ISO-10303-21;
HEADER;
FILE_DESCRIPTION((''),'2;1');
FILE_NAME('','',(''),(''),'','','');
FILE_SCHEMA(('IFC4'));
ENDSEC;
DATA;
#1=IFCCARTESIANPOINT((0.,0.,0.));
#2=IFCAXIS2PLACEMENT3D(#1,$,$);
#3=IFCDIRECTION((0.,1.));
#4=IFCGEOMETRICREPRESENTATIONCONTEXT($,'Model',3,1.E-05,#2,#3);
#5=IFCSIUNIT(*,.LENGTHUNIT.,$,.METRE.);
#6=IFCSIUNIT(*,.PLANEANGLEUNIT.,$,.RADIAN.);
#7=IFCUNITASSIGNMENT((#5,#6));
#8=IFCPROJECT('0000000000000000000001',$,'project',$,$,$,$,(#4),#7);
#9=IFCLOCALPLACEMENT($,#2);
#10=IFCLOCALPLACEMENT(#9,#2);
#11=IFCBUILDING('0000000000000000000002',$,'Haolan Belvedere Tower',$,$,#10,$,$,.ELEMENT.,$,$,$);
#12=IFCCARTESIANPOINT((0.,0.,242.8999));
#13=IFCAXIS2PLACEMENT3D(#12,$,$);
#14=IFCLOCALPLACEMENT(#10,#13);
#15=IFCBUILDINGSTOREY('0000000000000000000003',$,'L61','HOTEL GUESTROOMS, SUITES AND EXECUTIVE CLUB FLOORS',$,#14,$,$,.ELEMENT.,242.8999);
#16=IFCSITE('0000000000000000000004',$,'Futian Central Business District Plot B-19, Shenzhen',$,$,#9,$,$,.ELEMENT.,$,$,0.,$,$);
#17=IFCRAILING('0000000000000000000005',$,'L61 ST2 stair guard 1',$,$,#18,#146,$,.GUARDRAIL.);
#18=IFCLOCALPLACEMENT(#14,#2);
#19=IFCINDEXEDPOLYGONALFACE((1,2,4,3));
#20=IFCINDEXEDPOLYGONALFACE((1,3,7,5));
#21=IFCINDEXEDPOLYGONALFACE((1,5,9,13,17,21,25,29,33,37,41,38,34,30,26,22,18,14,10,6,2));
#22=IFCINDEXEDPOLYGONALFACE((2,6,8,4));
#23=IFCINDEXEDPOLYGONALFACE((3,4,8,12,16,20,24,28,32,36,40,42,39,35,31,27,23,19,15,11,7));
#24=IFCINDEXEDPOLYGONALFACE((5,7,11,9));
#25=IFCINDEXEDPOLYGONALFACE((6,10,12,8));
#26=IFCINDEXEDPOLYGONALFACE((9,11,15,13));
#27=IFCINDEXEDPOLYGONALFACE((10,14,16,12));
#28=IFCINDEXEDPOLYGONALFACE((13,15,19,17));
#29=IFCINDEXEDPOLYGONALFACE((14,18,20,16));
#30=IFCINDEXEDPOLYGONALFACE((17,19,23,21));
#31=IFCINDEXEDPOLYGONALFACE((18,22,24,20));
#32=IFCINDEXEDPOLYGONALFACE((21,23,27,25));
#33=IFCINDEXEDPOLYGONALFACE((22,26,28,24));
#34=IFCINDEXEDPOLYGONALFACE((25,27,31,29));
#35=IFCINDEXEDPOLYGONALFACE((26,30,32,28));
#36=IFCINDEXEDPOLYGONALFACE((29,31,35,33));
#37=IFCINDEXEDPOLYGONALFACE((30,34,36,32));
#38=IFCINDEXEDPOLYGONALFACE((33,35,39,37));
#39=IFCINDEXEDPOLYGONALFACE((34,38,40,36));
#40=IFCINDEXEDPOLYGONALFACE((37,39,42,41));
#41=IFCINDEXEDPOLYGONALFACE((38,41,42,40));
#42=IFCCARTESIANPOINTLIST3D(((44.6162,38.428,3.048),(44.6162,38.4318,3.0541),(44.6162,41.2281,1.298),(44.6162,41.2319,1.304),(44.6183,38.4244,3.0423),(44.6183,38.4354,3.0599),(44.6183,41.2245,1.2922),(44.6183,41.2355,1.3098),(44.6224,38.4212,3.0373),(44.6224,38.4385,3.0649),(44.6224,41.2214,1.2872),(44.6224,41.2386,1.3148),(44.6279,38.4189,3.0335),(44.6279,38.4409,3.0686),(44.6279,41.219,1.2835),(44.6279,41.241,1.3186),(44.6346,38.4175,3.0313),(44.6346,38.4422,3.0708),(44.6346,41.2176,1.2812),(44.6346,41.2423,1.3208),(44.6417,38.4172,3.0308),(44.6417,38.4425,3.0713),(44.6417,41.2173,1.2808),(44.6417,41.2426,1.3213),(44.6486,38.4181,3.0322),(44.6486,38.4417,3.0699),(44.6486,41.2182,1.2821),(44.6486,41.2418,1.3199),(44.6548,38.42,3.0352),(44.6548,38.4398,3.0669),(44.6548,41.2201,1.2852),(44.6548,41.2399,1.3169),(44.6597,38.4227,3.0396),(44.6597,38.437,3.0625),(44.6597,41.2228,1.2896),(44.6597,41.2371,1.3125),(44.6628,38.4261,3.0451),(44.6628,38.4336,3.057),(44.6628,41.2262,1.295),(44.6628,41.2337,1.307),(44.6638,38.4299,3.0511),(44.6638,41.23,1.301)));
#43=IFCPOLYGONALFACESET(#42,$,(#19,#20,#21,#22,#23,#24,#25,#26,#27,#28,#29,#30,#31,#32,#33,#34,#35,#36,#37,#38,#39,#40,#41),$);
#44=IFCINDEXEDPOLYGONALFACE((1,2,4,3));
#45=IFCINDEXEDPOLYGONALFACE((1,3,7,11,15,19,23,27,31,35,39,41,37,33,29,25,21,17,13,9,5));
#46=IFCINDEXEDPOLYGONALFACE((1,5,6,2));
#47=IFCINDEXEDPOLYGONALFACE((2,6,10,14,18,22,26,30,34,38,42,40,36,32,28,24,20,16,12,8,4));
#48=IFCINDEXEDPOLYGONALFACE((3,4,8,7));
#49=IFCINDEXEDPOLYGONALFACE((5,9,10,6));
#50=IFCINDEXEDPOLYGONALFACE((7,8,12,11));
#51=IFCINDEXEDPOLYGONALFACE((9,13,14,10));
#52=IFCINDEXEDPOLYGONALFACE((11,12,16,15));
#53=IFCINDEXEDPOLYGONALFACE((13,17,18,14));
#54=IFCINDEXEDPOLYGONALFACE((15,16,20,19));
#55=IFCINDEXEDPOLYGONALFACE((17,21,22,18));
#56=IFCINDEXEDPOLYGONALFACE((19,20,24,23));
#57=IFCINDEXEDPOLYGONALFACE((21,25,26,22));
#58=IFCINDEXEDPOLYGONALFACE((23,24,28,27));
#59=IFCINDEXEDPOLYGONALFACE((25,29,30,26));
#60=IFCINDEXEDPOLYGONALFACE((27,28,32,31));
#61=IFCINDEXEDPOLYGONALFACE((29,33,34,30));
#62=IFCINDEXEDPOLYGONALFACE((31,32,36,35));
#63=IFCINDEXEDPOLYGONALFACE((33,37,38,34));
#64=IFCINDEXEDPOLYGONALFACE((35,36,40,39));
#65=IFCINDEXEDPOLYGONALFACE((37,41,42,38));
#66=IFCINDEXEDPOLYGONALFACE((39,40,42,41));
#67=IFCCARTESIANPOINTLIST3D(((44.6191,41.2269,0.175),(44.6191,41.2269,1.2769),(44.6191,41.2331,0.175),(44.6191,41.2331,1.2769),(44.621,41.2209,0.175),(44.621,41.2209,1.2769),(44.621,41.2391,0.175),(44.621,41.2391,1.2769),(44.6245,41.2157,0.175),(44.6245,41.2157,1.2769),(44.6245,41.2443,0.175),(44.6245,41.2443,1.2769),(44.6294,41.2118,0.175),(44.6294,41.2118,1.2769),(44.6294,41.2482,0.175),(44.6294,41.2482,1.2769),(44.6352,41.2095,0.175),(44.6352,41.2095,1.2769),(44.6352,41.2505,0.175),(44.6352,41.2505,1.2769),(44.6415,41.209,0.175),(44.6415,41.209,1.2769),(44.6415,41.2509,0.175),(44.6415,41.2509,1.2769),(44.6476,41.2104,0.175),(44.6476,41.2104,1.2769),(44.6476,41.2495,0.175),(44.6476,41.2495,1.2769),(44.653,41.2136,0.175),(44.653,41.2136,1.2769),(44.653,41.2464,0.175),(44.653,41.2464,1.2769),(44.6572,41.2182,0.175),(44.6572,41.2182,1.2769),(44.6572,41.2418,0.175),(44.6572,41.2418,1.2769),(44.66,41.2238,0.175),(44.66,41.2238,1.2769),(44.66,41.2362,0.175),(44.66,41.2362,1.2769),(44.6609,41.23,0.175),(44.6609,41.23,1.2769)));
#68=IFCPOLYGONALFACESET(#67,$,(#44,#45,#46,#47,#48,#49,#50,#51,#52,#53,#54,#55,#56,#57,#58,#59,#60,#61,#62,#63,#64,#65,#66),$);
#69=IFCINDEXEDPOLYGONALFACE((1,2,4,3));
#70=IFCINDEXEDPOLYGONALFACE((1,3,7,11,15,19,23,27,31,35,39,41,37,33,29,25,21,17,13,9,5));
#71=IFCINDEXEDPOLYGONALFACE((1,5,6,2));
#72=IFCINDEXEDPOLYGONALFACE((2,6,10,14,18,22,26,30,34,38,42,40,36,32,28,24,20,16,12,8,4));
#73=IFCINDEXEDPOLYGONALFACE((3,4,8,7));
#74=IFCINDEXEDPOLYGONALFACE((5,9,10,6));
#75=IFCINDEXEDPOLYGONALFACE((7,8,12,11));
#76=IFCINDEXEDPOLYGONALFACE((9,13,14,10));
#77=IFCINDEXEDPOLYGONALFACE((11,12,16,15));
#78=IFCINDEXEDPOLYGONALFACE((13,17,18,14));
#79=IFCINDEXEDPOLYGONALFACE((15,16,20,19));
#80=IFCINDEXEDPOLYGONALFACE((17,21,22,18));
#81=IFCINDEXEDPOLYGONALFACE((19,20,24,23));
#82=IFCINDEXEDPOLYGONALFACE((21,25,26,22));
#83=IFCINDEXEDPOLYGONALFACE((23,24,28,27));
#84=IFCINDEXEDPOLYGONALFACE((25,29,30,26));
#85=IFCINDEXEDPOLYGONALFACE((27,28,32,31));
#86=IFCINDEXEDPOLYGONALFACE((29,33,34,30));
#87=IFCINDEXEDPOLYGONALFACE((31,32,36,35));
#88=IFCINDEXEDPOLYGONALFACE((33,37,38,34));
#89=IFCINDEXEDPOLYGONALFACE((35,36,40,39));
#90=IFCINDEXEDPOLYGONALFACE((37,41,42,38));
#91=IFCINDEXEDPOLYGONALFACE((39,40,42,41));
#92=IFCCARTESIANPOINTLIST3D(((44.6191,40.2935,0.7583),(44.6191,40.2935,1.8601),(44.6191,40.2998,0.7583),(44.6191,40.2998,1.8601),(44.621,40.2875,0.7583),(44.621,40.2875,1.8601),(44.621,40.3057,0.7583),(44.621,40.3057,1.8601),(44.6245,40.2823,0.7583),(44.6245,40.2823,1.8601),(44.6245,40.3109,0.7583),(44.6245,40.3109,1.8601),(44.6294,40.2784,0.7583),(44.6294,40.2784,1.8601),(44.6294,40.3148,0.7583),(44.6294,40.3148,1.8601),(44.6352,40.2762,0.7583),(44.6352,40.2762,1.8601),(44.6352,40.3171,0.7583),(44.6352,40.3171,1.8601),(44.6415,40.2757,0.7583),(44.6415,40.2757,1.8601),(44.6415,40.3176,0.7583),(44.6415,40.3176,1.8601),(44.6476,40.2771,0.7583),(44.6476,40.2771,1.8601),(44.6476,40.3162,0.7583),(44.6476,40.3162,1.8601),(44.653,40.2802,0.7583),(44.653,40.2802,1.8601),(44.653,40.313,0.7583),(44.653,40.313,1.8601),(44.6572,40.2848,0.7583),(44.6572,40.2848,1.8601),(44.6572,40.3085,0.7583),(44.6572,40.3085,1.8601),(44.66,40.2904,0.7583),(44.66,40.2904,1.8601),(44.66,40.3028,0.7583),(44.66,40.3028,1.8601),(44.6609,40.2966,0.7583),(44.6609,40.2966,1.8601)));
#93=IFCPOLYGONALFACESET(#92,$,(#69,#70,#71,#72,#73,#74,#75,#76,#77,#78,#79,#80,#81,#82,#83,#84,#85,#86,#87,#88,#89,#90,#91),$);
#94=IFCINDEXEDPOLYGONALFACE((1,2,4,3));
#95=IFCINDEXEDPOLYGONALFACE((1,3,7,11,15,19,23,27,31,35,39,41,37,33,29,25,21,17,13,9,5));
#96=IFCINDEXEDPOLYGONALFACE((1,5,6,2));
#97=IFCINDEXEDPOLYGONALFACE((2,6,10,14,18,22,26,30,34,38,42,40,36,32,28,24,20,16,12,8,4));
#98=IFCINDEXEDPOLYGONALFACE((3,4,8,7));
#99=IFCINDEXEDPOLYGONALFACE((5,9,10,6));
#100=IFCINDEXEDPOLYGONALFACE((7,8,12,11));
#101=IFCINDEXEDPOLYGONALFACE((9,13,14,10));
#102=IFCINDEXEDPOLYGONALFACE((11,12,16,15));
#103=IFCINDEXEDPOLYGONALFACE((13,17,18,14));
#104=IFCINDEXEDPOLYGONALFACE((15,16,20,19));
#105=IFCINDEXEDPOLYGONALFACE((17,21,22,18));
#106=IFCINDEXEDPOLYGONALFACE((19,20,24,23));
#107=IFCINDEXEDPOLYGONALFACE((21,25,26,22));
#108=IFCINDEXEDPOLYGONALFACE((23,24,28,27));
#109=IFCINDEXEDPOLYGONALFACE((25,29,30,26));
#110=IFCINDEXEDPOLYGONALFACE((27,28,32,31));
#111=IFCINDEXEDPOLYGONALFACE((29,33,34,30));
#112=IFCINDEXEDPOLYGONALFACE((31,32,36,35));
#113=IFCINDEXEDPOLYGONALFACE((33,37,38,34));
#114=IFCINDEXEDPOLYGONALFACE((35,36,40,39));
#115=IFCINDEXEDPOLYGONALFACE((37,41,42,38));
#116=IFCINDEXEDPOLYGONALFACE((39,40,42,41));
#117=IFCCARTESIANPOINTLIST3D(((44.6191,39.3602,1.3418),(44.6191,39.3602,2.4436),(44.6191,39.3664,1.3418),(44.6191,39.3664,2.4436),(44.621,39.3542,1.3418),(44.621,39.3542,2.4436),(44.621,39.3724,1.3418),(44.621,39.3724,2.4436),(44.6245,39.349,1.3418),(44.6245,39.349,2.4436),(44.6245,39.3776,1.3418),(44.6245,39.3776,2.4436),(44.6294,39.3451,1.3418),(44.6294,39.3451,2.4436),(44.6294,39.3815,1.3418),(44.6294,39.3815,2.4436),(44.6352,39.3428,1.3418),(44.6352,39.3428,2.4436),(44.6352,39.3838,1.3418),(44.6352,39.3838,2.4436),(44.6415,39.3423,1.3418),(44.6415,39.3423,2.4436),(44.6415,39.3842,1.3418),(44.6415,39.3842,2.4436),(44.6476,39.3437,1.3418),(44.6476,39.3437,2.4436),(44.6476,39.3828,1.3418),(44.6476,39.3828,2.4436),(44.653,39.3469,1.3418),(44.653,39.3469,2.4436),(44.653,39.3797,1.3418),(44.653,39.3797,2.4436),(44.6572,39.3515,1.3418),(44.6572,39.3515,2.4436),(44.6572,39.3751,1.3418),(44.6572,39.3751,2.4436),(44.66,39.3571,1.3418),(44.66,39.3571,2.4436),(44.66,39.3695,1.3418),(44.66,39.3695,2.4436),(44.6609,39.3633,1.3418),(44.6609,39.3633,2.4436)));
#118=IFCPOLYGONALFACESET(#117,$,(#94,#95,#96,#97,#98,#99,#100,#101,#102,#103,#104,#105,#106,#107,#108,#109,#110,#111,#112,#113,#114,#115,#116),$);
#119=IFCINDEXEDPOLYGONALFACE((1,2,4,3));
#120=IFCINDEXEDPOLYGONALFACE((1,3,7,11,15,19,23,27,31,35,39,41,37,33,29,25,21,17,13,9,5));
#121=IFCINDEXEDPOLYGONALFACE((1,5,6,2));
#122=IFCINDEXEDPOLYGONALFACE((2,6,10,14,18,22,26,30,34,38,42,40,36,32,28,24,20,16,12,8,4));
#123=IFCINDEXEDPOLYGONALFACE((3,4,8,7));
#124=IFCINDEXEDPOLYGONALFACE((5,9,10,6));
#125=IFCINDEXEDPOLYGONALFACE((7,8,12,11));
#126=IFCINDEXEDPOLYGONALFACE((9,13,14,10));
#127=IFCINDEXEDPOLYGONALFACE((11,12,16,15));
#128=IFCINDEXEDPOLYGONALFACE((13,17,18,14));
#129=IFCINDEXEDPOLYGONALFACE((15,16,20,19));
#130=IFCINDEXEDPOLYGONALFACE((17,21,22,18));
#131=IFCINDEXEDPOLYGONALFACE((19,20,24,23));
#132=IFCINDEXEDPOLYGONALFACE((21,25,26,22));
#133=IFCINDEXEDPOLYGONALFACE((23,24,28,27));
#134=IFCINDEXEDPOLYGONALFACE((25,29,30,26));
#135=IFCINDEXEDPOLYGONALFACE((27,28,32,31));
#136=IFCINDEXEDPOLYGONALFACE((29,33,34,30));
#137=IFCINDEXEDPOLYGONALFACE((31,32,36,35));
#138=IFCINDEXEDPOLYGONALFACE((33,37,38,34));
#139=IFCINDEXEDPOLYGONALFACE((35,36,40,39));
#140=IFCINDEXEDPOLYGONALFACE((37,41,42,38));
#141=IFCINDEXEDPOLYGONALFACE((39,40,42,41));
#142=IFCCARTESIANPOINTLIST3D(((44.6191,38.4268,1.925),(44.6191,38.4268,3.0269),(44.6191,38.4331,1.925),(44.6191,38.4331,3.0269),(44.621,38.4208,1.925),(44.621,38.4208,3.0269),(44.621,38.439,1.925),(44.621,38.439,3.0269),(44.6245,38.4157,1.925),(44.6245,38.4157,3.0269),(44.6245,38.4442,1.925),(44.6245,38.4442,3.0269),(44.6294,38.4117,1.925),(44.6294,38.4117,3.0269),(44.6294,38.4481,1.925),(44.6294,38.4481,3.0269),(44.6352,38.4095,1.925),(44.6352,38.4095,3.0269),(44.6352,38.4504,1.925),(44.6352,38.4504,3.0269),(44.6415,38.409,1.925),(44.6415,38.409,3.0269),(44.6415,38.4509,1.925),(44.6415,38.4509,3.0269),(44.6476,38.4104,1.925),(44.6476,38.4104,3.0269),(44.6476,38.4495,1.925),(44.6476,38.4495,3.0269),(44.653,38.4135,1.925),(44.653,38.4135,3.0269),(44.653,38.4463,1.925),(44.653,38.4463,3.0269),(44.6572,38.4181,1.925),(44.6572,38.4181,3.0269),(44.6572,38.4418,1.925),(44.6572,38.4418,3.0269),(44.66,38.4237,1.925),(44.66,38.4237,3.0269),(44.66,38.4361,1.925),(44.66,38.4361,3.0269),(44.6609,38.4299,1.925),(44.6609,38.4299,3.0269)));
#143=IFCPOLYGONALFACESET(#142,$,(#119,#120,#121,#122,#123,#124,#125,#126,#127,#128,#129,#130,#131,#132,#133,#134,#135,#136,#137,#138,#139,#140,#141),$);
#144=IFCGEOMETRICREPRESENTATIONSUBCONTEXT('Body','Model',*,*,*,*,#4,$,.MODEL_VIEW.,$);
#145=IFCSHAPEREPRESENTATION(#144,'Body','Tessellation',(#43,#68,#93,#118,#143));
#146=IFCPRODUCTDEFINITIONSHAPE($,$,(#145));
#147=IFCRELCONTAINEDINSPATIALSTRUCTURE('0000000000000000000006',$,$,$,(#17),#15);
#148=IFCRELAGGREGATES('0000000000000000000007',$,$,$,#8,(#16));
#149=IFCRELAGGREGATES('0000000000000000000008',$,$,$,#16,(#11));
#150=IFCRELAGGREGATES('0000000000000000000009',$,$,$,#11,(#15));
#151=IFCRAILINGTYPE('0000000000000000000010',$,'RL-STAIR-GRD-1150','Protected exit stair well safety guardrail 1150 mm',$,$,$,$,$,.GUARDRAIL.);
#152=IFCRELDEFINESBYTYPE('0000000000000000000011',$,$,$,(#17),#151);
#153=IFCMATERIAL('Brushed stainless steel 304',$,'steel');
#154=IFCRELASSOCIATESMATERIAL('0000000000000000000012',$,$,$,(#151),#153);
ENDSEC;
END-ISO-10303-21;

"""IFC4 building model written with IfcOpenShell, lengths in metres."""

from ifc_helpers import new_model, si_unit, direction, frame, origin, origin_2d, place, context, subcontext, project, spatial, circle, extrude, material, type_object, element, save


model = new_model("IFC4")

# Units and contexts
model_context = context("Model", 3, precision=1e-05, world=origin(), true_north=direction((0.0, 1.0)))
body_context = subcontext(model_context, "Body", "Model", "MODEL_VIEW")
ifc_project = project(units=[si_unit("LENGTHUNIT", "METRE"), si_unit("PLANEANGLEUNIT", "RADIAN")], contexts=[model_context])

# Site, building, storey
site_placement = place(None, origin())
site = spatial("IfcSite", under=ifc_project, at=site_placement, Name="Futian Central Business District Plot B-19, Shenzhen", CompositionType="ELEMENT", RefElevation=0.0)
building_placement = place(site_placement, origin())
building = spatial("IfcBuilding", under=site, at=building_placement, Name="Haolan Belvedere Tower", CompositionType="ELEMENT")
storey_placement = place(building_placement, frame((0.0, 0.0, 242.8999)))
storey = spatial("IfcBuildingStorey", under=building, at=storey_placement, Name="L61", Description="HOTEL GUESTROOMS, SUITES AND EXECUTIVE CLUB FLOORS", CompositionType="ELEMENT", Elevation=242.8999)

# Railing
ifc_material_1 = material(Name="Brushed stainless steel 304", Category="steel")
railing_type_1 = type_object("IfcRailingType", Name="RL-STAIR-GRD-1150", Description="Protected exit stair well safety guardrail 1150 mm", PredefinedType="GUARDRAIL", material=ifc_material_1)
railing_1_placement = place(storey_placement, frame((44.6399, 41.23, 0.175)))
element("IfcRailing", 1, at=railing_1_placement, inside=storey, type_object=railing_type_1, Name="L61 ST2 stair guard 1", PredefinedType="GUARDRAIL", context=body_context, shape_type="SweptSolid", body=[
    extrude(circle(Radius=0.0239, at=origin_2d()), frame((0.0, 0.0, 1.126), z_axis=(0.0, -0.848002, 0.529992), x_axis=(1.0, 0.0, 0.0)), (0.0, 0.0, 1.0), 3.302),
    extrude(circle(Radius=0.021, at=origin_2d()), origin(), (0.0, 0.0, 1.0), 1.1018),
    extrude(circle(Radius=0.021, at=origin_2d()), frame((0.0, -0.9333, 0.5833)), (0.0, 0.0, 1.0), 1.1018),
    extrude(circle(Radius=0.021, at=origin_2d()), frame((0.0, -1.8667, 1.1667)), (0.0, 0.0, 1.0), 1.1018),
    extrude(circle(Radius=0.021, at=origin_2d()), frame((0.0, -2.8, 1.75)), (0.0, 0.0, 1.0), 1.1018),
])

save(model, "model.ifc")
